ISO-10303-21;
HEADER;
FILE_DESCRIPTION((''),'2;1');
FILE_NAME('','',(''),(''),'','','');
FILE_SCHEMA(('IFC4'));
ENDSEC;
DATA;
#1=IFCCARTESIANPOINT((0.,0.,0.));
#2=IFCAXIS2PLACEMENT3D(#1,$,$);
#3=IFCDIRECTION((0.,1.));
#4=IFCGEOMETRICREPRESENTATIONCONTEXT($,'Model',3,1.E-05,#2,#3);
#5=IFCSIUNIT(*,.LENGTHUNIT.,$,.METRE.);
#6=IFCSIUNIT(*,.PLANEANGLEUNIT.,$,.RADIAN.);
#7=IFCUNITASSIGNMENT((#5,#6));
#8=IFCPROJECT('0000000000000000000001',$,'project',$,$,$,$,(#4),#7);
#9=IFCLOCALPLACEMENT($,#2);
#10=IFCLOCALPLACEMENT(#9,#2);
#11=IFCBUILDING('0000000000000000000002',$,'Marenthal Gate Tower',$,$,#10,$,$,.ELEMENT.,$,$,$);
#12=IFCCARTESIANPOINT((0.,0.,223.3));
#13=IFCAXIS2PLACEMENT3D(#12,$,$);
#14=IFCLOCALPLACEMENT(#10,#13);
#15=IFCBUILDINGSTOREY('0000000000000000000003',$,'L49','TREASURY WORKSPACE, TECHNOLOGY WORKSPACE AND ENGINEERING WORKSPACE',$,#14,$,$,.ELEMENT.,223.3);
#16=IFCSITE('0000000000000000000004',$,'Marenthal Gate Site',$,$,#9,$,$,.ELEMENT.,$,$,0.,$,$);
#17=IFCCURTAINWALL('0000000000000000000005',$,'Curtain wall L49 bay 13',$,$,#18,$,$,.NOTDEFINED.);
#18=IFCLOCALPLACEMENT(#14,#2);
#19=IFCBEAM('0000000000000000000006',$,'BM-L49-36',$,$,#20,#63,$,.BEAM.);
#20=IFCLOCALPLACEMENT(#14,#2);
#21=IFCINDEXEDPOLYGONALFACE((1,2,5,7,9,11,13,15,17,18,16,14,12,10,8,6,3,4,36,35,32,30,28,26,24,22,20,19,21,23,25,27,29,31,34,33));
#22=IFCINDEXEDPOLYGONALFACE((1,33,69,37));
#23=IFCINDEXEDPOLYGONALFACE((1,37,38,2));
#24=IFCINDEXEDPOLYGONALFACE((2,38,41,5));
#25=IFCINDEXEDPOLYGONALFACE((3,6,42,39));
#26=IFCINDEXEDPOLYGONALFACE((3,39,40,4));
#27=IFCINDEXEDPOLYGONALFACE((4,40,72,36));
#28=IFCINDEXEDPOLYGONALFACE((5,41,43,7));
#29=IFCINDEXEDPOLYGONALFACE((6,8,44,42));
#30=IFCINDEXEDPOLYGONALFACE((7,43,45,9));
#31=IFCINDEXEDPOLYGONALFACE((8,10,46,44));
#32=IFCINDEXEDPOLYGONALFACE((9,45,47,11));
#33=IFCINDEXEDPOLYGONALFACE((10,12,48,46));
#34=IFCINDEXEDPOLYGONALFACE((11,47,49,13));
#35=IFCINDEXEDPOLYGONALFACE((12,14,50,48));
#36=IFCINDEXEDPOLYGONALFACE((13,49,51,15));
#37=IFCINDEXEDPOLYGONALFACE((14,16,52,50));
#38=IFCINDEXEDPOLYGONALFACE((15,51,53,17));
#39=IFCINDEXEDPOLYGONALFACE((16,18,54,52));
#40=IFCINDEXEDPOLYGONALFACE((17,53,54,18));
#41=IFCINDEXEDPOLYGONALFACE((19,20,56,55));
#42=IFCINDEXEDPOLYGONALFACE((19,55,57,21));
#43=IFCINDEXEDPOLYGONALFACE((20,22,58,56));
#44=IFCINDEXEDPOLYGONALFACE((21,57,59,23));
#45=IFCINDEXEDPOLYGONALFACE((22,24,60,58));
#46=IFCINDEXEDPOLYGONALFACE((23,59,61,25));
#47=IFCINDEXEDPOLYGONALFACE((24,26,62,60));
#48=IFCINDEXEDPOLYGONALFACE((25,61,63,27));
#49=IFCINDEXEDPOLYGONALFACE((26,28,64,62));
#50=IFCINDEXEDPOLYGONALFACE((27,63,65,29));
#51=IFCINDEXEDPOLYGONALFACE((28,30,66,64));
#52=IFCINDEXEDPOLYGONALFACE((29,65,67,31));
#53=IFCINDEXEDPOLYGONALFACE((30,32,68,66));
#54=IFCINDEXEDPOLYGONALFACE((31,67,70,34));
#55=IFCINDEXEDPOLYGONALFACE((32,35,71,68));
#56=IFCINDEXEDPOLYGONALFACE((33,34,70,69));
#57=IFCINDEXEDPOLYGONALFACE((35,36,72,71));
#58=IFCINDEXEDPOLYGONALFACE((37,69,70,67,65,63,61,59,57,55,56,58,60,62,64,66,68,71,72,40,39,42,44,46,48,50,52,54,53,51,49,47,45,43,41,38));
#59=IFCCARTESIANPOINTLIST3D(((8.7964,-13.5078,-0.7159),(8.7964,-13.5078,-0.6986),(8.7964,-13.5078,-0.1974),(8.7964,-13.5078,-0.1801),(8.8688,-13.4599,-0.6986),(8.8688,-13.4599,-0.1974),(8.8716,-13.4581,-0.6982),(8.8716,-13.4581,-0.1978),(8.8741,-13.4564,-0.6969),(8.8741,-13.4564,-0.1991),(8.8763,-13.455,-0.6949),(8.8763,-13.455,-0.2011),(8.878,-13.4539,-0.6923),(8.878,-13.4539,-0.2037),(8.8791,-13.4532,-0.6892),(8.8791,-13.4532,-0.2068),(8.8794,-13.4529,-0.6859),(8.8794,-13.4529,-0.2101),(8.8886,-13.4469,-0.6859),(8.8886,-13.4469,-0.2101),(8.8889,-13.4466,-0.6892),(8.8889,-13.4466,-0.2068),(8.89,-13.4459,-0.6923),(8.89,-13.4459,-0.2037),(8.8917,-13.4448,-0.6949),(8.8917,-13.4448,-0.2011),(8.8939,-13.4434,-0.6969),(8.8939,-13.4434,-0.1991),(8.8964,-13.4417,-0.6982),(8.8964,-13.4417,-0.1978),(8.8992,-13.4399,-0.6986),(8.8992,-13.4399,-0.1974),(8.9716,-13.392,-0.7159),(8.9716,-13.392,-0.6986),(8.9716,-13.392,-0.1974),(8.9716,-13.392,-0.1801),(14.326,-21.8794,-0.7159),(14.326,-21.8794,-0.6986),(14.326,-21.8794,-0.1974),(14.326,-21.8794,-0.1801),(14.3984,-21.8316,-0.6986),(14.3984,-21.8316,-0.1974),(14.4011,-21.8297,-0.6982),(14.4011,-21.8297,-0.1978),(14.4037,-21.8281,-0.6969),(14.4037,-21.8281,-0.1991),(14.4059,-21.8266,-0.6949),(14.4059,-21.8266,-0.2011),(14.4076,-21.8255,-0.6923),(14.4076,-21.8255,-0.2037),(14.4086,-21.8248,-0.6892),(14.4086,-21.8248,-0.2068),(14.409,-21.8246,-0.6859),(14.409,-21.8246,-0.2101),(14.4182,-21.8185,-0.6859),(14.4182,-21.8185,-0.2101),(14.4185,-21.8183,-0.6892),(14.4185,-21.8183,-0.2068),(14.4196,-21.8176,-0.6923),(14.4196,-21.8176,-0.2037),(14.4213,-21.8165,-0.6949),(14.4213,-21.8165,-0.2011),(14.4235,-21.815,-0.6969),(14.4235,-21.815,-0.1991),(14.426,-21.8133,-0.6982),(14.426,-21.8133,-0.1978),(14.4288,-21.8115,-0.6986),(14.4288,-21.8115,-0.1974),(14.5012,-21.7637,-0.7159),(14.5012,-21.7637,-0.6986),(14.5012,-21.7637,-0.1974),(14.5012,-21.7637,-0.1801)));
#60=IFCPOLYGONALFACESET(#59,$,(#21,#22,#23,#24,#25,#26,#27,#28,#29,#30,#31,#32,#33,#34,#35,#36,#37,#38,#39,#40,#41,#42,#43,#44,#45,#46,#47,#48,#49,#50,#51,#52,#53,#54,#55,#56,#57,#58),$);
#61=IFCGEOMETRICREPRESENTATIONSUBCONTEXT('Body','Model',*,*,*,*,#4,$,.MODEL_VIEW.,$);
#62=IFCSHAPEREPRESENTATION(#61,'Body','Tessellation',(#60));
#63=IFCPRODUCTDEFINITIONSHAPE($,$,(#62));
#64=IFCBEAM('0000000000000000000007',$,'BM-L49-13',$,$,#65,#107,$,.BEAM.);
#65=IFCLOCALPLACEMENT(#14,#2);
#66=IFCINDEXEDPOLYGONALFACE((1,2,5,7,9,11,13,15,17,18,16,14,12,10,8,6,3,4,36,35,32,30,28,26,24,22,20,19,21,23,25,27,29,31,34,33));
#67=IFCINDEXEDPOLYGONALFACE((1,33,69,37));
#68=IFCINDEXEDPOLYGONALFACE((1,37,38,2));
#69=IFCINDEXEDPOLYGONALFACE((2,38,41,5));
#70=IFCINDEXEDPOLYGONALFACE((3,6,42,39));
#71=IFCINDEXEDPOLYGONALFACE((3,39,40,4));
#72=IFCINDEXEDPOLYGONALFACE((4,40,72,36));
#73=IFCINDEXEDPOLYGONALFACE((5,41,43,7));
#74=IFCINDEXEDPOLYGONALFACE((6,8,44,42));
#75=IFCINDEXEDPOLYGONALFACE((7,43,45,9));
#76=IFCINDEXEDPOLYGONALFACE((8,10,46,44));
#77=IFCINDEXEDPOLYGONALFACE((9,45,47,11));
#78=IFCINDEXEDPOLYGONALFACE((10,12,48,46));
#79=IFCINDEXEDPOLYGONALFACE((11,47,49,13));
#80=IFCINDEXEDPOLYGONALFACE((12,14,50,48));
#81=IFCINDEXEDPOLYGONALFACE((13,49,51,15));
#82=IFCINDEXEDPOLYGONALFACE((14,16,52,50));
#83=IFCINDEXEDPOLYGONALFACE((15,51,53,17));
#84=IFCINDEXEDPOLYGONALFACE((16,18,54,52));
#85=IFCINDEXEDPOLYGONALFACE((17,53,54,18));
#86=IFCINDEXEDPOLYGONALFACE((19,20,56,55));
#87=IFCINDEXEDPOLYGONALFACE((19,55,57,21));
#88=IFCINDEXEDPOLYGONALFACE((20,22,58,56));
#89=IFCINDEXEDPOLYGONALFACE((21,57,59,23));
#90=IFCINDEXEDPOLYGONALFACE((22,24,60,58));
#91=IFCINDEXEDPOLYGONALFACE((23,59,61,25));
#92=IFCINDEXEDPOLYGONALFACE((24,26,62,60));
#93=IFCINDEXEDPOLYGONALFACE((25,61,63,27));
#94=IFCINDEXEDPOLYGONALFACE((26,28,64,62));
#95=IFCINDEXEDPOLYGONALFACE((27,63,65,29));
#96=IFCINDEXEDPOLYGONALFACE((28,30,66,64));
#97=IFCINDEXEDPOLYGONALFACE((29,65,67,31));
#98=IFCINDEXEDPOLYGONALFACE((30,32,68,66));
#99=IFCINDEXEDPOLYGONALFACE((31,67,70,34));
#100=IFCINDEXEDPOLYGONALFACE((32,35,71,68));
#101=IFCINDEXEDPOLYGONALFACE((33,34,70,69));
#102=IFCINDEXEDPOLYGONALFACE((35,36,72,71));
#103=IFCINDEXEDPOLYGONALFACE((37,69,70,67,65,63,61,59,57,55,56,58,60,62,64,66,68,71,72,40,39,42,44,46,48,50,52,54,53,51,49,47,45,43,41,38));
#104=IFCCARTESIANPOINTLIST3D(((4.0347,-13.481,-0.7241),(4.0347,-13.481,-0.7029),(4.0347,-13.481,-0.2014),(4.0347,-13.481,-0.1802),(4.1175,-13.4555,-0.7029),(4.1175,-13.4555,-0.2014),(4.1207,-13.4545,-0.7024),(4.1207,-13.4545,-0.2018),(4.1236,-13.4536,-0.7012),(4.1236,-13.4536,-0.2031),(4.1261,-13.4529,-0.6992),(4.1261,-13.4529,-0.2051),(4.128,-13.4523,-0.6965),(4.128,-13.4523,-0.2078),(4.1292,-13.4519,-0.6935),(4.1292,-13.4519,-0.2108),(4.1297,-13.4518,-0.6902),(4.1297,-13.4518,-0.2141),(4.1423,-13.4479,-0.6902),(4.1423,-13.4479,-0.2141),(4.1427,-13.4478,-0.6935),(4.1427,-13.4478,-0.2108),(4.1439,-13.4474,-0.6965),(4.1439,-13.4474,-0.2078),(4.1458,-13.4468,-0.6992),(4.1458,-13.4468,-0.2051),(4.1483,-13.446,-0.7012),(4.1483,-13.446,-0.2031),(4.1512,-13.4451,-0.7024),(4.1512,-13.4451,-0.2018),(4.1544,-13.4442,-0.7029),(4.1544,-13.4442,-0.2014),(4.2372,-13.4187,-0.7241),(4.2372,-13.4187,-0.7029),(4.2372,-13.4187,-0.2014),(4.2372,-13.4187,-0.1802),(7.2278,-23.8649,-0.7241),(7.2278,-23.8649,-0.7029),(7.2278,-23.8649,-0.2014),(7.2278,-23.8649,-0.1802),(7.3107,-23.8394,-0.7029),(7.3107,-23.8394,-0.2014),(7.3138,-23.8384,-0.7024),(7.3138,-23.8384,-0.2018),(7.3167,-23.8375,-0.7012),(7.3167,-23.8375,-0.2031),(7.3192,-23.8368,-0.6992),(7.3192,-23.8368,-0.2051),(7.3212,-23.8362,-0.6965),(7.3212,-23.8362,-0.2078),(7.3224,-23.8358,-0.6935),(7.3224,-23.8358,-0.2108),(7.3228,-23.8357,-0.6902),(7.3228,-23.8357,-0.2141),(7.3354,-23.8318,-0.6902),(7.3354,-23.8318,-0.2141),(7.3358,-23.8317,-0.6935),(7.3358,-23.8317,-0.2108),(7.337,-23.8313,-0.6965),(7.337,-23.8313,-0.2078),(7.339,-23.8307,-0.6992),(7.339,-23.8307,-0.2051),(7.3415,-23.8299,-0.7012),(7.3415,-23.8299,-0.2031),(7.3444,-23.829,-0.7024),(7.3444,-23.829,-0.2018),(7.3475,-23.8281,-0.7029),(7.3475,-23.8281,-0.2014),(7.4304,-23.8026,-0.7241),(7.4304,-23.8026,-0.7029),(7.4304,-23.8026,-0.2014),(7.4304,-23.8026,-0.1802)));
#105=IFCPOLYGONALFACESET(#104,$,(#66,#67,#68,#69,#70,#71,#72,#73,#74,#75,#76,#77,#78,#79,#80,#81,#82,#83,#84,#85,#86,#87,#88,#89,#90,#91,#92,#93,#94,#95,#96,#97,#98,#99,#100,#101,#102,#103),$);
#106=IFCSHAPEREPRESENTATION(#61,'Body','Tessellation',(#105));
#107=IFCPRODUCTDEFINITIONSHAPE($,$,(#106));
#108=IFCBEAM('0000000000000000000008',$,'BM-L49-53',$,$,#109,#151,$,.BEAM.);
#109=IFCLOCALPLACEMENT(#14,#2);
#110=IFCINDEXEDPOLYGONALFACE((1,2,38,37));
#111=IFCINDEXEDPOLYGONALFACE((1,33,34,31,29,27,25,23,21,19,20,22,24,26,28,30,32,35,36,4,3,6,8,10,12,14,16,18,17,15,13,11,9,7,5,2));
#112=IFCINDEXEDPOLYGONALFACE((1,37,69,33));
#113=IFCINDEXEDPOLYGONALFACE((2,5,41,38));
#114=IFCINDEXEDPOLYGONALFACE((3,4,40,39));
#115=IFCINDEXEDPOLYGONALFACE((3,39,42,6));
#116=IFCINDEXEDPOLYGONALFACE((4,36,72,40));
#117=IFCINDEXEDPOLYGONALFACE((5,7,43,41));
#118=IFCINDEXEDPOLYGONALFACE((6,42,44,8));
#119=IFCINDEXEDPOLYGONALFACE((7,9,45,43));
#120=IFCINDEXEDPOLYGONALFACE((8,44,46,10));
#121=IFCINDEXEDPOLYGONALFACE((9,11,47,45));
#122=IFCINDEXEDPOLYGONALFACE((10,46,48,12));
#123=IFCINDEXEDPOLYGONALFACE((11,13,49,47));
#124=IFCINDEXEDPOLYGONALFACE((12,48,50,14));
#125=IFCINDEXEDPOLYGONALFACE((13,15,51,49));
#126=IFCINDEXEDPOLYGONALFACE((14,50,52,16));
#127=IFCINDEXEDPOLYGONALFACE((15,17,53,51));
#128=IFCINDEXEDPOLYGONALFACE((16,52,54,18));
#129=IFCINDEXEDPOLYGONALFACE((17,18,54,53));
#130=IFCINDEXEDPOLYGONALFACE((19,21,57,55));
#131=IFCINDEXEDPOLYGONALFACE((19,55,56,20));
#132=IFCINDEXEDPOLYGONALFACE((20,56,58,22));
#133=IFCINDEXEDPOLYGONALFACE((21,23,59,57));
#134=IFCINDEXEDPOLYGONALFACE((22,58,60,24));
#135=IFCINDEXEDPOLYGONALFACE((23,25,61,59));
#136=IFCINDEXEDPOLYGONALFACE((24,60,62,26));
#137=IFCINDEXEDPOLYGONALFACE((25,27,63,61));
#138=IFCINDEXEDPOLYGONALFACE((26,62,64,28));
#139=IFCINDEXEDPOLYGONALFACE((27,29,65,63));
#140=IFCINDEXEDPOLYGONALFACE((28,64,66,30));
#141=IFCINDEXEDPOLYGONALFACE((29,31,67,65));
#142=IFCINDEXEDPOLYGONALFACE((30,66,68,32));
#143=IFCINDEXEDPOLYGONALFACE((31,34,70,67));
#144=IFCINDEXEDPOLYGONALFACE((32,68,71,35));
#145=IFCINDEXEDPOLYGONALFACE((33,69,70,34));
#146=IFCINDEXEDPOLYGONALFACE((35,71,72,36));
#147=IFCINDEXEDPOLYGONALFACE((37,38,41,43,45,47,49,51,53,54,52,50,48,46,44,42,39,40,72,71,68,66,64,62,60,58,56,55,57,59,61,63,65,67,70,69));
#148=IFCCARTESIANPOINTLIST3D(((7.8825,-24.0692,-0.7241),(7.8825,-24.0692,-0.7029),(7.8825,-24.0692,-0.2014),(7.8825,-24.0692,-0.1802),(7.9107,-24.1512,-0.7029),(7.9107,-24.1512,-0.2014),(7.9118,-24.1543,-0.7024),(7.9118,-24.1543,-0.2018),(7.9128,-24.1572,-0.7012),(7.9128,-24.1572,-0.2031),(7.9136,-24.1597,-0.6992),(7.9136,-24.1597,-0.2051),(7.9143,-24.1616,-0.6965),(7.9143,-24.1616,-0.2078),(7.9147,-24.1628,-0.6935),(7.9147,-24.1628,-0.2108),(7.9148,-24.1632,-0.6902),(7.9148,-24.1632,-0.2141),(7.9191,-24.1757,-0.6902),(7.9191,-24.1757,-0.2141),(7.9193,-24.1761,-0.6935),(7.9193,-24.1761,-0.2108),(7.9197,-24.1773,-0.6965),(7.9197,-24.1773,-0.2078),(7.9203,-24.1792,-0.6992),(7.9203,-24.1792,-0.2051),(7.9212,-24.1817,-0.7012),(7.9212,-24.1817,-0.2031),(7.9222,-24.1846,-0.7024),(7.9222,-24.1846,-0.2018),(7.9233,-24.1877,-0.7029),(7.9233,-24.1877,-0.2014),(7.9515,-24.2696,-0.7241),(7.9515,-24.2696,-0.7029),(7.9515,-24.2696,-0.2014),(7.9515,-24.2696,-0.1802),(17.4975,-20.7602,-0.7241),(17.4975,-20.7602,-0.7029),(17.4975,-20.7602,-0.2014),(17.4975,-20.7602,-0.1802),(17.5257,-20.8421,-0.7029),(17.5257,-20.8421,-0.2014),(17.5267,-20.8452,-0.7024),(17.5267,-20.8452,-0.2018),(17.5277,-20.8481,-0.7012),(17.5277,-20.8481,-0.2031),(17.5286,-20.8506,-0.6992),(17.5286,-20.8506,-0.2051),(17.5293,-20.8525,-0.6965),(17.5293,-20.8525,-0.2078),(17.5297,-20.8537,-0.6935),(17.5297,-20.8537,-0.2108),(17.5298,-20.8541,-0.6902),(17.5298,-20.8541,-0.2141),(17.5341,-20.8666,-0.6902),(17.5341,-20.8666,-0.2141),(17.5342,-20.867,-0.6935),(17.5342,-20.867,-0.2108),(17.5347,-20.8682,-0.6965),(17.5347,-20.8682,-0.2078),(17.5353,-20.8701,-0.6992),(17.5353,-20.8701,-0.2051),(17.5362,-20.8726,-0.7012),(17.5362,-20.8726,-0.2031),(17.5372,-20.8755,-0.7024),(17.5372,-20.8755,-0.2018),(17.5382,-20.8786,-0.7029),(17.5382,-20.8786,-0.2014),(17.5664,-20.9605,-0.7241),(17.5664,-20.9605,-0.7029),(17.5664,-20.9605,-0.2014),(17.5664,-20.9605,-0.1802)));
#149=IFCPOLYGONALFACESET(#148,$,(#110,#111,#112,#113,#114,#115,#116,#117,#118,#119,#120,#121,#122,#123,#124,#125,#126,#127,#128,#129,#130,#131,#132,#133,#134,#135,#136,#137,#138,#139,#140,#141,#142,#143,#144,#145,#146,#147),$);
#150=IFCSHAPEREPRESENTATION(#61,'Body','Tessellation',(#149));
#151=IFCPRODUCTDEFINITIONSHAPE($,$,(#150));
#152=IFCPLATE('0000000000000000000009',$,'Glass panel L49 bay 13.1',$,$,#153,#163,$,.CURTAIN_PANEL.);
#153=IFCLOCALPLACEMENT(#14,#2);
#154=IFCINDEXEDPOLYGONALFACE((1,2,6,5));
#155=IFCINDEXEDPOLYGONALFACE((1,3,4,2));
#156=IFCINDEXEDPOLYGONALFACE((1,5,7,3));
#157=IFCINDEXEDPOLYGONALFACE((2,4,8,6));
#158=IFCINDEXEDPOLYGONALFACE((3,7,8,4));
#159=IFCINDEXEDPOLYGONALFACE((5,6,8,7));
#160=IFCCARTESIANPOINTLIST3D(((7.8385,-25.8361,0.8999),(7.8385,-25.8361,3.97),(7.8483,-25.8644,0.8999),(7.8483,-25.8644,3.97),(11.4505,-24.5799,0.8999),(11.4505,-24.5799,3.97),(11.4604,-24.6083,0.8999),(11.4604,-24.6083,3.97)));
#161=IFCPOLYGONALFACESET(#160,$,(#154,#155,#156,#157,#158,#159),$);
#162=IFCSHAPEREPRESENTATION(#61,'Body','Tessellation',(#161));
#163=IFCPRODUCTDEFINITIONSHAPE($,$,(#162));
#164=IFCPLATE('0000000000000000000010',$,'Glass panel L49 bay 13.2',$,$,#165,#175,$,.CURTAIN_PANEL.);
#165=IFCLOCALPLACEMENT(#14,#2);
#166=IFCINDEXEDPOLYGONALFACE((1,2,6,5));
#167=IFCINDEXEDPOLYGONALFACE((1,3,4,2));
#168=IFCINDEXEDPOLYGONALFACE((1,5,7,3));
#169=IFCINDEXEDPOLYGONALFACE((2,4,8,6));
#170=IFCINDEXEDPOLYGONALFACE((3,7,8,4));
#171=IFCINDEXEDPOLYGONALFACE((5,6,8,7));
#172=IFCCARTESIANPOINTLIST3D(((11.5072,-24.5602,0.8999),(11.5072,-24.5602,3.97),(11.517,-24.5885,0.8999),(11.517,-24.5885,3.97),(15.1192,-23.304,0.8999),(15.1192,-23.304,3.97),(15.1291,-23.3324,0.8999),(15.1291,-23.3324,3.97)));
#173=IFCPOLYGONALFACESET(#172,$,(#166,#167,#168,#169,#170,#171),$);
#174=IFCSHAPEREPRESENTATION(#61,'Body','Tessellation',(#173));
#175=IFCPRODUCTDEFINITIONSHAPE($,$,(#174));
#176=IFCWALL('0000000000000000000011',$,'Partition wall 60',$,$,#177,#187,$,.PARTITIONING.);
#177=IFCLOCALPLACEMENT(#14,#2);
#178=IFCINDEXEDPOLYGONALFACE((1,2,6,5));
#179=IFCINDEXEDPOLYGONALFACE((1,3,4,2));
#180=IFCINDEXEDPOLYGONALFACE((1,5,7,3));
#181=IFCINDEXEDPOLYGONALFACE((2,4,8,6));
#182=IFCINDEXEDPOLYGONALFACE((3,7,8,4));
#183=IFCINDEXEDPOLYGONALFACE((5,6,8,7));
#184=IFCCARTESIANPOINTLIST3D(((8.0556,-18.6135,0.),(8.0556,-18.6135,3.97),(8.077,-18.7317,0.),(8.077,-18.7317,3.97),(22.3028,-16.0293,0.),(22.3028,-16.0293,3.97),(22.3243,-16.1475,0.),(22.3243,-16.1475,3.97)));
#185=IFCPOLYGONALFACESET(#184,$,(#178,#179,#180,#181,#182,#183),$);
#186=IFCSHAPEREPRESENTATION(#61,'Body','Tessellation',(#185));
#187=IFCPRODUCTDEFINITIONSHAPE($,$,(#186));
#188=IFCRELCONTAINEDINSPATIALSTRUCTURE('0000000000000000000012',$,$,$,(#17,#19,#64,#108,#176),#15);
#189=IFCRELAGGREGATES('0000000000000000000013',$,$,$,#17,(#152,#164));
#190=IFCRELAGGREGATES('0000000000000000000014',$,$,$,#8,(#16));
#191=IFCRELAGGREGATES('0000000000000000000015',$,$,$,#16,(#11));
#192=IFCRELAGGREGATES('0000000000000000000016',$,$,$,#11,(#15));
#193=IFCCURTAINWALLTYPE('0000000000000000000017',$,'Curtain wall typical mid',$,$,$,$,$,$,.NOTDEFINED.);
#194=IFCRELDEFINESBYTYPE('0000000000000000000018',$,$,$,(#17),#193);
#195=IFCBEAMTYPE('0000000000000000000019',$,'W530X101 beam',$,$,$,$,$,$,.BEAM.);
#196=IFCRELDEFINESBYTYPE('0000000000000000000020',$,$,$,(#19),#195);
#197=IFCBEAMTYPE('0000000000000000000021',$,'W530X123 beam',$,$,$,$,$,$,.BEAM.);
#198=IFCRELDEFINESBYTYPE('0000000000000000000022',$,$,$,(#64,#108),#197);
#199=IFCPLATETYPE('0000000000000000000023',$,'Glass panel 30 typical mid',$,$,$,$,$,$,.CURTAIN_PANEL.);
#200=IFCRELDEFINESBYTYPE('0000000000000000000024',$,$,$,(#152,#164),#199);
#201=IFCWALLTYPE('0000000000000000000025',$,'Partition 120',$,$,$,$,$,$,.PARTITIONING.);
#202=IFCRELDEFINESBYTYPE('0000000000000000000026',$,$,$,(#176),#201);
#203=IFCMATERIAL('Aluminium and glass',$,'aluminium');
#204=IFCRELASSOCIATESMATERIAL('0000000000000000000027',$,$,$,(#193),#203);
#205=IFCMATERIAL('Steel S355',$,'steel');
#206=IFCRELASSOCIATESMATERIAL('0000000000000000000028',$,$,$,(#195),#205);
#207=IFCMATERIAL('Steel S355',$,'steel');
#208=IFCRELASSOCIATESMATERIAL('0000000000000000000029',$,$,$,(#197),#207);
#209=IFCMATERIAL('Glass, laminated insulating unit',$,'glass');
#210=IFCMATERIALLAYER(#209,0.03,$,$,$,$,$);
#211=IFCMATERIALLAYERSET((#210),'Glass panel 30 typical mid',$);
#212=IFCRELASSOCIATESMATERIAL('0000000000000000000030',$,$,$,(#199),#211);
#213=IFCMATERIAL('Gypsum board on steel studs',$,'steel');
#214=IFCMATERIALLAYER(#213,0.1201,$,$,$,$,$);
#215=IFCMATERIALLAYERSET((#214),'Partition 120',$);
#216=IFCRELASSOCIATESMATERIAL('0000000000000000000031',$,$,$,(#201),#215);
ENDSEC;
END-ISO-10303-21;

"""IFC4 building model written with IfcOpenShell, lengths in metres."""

from ifc_helpers import new_model, si_unit, direction, frame, frame_2d, origin, origin_2d, place, context, subcontext, project, spatial, rectangle, i_section, extrude, material, layer, layer_set, material_profile, profile_set, type_object, element, aggregate, save


model = new_model("IFC4")

# Units and contexts
model_context = context("Model", 3, precision=1e-05, world=origin(), true_north=direction((0.0, 1.0)))
body_context = subcontext(model_context, "Body", "Model", "MODEL_VIEW")
ifc_project = project(units=[si_unit("LENGTHUNIT", "METRE"), si_unit("PLANEANGLEUNIT", "RADIAN")], contexts=[model_context])

# Site, building, storey
site_placement = place(None, origin())
site = spatial("IfcSite", under=ifc_project, at=site_placement, Name="Marenthal Gate Site", CompositionType="ELEMENT", RefElevation=0.0)
building_placement = place(site_placement, origin())
building = spatial("IfcBuilding", under=site, at=building_placement, Name="Marenthal Gate Tower", CompositionType="ELEMENT")
storey_placement = place(building_placement, frame((0.0, 0.0, 223.3)))
storey = spatial("IfcBuildingStorey", under=building, at=storey_placement, Name="L49", Description="TREASURY WORKSPACE, TECHNOLOGY WORKSPACE AND ENGINEERING WORKSPACE", CompositionType="ELEMENT", Elevation=223.3)

# Curtain wall
ifc_material_1 = material(Name="Aluminium and glass", Category="aluminium")
curtain_wall_type = type_object("IfcCurtainWallType", Name="Curtain wall typical mid", PredefinedType="NOTDEFINED", material=ifc_material_1)
curtain_wall_placement = place(storey_placement, origin())
curtain_wall = element("IfcCurtainWall", 1, at=curtain_wall_placement, inside=storey, type_object=curtain_wall_type, Name="Curtain wall L49 bay 13", PredefinedType="NOTDEFINED")

# Beams
ifc_material_2 = material(Name="Steel S355", Category="steel")
ifc_material_profile_1 = material_profile(ifc_material_2, i_section(OverallWidth=0.21, OverallDepth=0.5359, WebThickness=0.011, FlangeThickness=0.0173, FilletRadius=0.0127, at=origin_2d()), Name="W530X101")
ifc_profile_set_1 = profile_set([ifc_material_profile_1], Name="Steel S355")
beam_type_1 = type_object("IfcBeamType", Name="W530X101 beam", PredefinedType="BEAM", material=ifc_profile_set_1)
beam_1_placement = place(storey_placement, frame((14.4136, -21.8215, -0.448), z_axis=(-0.551141, 0.834412, 0.0), x_axis=(-0.834412, -0.551141, 0.0)))
element("IfcBeam", 2, at=beam_1_placement, inside=storey, type_object=beam_type_1, Name="BM-L49-36", PredefinedType="BEAM", context=body_context, shape_type="SweptSolid", body=[
    extrude(i_section(OverallWidth=0.21, OverallDepth=0.5359, WebThickness=0.011, FlangeThickness=0.0173, FilletRadius=0.0127, at=origin_2d()), origin(), (0.0, 0.0, 1.0), 10.033),
])
ifc_material_3 = material(Name="Steel S355", Category="steel")
ifc_material_profile_2 = material_profile(ifc_material_3, i_section(OverallWidth=0.2119, OverallDepth=0.5439, WebThickness=0.0132, FlangeThickness=0.0212, FilletRadius=0.0127, at=origin_2d()), Name="W530X123")
ifc_profile_set_2 = profile_set([ifc_material_profile_2], Name="Steel S355")
beam_type_2 = type_object("IfcBeamType", Name="W530X123 beam", PredefinedType="BEAM", material=ifc_profile_set_2)
beam_2_placement = place(storey_placement, frame((7.3291, -23.8337, -0.4521), z_axis=(-0.293926, 0.955828, 0.0), x_axis=(-0.955828, -0.293926, 0.0)))
element("IfcBeam", 3, at=beam_2_placement, inside=storey, type_object=beam_type_2, Name="BM-L49-13", PredefinedType="BEAM", context=body_context, shape_type="SweptSolid", body=[
    extrude(i_section(OverallWidth=0.2119, OverallDepth=0.5439, WebThickness=0.0132, FlangeThickness=0.0212, FilletRadius=0.0127, at=origin_2d()), origin(), (0.0, 0.0, 1.0), 10.8638),
])
beam_3_placement = place(storey_placement, frame((7.917, -24.1694, -0.4521), z_axis=(0.945568, 0.325425, 0.0), x_axis=(-0.325425, 0.945568, 0.0)))
element("IfcBeam", 4, at=beam_3_placement, inside=storey, type_object=beam_type_2, Name="BM-L49-53", PredefinedType="BEAM", context=body_context, shape_type="SweptSolid", body=[
    extrude(i_section(OverallWidth=0.2119, OverallDepth=0.5439, WebThickness=0.0132, FlangeThickness=0.0212, FilletRadius=0.0127, at=origin_2d()), origin(), (0.0, 0.0, 1.0), 10.1685),
])

# Plates
ifc_material_4 = material(Name="Glass, laminated insulating unit", Category="glass")
ifc_layer_1 = layer(ifc_material_4, 0.03)
ifc_layer_set_1 = layer_set([ifc_layer_1], Name="Glass panel 30 typical mid")
plate_type = type_object("IfcPlateType", Name="Glass panel 30 typical mid", PredefinedType="CURTAIN_PANEL", material=ifc_layer_set_1)
plate_1_placement = place(storey_placement, frame((9.6494, -25.2222, 0.8999), z_axis=(0.0, 0.0, 1.0), x_axis=(0.944515, 0.328468, 0.0)))
plate_1 = element("IfcPlate", 5, at=plate_1_placement, type_object=plate_type, Name="Glass panel L49 bay 13.1", PredefinedType="CURTAIN_PANEL", context=body_context, shape_type="SweptSolid", body=[
    extrude(rectangle(XDim=3.8242, YDim=0.03, at=origin_2d()), origin(), (0.0, 0.0, 1.0), 3.0701),
])
plate_2_placement = place(storey_placement, frame((13.3181, -23.9463, 0.8999), z_axis=(0.0, 0.0, 1.0), x_axis=(0.944515, 0.328468, 0.0)))
plate_2 = element("IfcPlate", 6, at=plate_2_placement, type_object=plate_type, Name="Glass panel L49 bay 13.2", PredefinedType="CURTAIN_PANEL", context=body_context, shape_type="SweptSolid", body=[
    extrude(rectangle(XDim=3.8242, YDim=0.03, at=origin_2d()), origin(), (0.0, 0.0, 1.0), 3.0701),
])
aggregate(curtain_wall, [plate_1, plate_2])

# Wall
ifc_material_5 = material(Name="Gypsum board on steel studs", Category="steel")
ifc_layer_2 = layer(ifc_material_5, 0.1201)
ifc_layer_set_2 = layer_set([ifc_layer_2], Name="Partition 120")
wall_type = type_object("IfcWallType", Name="Partition 120", PredefinedType="PARTITIONING", material=ifc_layer_set_2)
wall_placement = place(storey_placement, frame((8.0664, -18.6726, 0.0), z_axis=(0.0, 0.0, 1.0), x_axis=(0.983945, 0.178471, 0.0)))
element("IfcWall", 7, at=wall_placement, inside=storey, type_object=wall_type, Name="Partition wall 60", PredefinedType="PARTITIONING", context=body_context, shape_type="SweptSolid", body=[
    extrude(rectangle(XDim=14.4797, YDim=0.1201, at=frame_2d((7.2397, 0.0))), origin(), (0.0, 0.0, 1.0), 3.97),
])

save(model, "model.ifc")
